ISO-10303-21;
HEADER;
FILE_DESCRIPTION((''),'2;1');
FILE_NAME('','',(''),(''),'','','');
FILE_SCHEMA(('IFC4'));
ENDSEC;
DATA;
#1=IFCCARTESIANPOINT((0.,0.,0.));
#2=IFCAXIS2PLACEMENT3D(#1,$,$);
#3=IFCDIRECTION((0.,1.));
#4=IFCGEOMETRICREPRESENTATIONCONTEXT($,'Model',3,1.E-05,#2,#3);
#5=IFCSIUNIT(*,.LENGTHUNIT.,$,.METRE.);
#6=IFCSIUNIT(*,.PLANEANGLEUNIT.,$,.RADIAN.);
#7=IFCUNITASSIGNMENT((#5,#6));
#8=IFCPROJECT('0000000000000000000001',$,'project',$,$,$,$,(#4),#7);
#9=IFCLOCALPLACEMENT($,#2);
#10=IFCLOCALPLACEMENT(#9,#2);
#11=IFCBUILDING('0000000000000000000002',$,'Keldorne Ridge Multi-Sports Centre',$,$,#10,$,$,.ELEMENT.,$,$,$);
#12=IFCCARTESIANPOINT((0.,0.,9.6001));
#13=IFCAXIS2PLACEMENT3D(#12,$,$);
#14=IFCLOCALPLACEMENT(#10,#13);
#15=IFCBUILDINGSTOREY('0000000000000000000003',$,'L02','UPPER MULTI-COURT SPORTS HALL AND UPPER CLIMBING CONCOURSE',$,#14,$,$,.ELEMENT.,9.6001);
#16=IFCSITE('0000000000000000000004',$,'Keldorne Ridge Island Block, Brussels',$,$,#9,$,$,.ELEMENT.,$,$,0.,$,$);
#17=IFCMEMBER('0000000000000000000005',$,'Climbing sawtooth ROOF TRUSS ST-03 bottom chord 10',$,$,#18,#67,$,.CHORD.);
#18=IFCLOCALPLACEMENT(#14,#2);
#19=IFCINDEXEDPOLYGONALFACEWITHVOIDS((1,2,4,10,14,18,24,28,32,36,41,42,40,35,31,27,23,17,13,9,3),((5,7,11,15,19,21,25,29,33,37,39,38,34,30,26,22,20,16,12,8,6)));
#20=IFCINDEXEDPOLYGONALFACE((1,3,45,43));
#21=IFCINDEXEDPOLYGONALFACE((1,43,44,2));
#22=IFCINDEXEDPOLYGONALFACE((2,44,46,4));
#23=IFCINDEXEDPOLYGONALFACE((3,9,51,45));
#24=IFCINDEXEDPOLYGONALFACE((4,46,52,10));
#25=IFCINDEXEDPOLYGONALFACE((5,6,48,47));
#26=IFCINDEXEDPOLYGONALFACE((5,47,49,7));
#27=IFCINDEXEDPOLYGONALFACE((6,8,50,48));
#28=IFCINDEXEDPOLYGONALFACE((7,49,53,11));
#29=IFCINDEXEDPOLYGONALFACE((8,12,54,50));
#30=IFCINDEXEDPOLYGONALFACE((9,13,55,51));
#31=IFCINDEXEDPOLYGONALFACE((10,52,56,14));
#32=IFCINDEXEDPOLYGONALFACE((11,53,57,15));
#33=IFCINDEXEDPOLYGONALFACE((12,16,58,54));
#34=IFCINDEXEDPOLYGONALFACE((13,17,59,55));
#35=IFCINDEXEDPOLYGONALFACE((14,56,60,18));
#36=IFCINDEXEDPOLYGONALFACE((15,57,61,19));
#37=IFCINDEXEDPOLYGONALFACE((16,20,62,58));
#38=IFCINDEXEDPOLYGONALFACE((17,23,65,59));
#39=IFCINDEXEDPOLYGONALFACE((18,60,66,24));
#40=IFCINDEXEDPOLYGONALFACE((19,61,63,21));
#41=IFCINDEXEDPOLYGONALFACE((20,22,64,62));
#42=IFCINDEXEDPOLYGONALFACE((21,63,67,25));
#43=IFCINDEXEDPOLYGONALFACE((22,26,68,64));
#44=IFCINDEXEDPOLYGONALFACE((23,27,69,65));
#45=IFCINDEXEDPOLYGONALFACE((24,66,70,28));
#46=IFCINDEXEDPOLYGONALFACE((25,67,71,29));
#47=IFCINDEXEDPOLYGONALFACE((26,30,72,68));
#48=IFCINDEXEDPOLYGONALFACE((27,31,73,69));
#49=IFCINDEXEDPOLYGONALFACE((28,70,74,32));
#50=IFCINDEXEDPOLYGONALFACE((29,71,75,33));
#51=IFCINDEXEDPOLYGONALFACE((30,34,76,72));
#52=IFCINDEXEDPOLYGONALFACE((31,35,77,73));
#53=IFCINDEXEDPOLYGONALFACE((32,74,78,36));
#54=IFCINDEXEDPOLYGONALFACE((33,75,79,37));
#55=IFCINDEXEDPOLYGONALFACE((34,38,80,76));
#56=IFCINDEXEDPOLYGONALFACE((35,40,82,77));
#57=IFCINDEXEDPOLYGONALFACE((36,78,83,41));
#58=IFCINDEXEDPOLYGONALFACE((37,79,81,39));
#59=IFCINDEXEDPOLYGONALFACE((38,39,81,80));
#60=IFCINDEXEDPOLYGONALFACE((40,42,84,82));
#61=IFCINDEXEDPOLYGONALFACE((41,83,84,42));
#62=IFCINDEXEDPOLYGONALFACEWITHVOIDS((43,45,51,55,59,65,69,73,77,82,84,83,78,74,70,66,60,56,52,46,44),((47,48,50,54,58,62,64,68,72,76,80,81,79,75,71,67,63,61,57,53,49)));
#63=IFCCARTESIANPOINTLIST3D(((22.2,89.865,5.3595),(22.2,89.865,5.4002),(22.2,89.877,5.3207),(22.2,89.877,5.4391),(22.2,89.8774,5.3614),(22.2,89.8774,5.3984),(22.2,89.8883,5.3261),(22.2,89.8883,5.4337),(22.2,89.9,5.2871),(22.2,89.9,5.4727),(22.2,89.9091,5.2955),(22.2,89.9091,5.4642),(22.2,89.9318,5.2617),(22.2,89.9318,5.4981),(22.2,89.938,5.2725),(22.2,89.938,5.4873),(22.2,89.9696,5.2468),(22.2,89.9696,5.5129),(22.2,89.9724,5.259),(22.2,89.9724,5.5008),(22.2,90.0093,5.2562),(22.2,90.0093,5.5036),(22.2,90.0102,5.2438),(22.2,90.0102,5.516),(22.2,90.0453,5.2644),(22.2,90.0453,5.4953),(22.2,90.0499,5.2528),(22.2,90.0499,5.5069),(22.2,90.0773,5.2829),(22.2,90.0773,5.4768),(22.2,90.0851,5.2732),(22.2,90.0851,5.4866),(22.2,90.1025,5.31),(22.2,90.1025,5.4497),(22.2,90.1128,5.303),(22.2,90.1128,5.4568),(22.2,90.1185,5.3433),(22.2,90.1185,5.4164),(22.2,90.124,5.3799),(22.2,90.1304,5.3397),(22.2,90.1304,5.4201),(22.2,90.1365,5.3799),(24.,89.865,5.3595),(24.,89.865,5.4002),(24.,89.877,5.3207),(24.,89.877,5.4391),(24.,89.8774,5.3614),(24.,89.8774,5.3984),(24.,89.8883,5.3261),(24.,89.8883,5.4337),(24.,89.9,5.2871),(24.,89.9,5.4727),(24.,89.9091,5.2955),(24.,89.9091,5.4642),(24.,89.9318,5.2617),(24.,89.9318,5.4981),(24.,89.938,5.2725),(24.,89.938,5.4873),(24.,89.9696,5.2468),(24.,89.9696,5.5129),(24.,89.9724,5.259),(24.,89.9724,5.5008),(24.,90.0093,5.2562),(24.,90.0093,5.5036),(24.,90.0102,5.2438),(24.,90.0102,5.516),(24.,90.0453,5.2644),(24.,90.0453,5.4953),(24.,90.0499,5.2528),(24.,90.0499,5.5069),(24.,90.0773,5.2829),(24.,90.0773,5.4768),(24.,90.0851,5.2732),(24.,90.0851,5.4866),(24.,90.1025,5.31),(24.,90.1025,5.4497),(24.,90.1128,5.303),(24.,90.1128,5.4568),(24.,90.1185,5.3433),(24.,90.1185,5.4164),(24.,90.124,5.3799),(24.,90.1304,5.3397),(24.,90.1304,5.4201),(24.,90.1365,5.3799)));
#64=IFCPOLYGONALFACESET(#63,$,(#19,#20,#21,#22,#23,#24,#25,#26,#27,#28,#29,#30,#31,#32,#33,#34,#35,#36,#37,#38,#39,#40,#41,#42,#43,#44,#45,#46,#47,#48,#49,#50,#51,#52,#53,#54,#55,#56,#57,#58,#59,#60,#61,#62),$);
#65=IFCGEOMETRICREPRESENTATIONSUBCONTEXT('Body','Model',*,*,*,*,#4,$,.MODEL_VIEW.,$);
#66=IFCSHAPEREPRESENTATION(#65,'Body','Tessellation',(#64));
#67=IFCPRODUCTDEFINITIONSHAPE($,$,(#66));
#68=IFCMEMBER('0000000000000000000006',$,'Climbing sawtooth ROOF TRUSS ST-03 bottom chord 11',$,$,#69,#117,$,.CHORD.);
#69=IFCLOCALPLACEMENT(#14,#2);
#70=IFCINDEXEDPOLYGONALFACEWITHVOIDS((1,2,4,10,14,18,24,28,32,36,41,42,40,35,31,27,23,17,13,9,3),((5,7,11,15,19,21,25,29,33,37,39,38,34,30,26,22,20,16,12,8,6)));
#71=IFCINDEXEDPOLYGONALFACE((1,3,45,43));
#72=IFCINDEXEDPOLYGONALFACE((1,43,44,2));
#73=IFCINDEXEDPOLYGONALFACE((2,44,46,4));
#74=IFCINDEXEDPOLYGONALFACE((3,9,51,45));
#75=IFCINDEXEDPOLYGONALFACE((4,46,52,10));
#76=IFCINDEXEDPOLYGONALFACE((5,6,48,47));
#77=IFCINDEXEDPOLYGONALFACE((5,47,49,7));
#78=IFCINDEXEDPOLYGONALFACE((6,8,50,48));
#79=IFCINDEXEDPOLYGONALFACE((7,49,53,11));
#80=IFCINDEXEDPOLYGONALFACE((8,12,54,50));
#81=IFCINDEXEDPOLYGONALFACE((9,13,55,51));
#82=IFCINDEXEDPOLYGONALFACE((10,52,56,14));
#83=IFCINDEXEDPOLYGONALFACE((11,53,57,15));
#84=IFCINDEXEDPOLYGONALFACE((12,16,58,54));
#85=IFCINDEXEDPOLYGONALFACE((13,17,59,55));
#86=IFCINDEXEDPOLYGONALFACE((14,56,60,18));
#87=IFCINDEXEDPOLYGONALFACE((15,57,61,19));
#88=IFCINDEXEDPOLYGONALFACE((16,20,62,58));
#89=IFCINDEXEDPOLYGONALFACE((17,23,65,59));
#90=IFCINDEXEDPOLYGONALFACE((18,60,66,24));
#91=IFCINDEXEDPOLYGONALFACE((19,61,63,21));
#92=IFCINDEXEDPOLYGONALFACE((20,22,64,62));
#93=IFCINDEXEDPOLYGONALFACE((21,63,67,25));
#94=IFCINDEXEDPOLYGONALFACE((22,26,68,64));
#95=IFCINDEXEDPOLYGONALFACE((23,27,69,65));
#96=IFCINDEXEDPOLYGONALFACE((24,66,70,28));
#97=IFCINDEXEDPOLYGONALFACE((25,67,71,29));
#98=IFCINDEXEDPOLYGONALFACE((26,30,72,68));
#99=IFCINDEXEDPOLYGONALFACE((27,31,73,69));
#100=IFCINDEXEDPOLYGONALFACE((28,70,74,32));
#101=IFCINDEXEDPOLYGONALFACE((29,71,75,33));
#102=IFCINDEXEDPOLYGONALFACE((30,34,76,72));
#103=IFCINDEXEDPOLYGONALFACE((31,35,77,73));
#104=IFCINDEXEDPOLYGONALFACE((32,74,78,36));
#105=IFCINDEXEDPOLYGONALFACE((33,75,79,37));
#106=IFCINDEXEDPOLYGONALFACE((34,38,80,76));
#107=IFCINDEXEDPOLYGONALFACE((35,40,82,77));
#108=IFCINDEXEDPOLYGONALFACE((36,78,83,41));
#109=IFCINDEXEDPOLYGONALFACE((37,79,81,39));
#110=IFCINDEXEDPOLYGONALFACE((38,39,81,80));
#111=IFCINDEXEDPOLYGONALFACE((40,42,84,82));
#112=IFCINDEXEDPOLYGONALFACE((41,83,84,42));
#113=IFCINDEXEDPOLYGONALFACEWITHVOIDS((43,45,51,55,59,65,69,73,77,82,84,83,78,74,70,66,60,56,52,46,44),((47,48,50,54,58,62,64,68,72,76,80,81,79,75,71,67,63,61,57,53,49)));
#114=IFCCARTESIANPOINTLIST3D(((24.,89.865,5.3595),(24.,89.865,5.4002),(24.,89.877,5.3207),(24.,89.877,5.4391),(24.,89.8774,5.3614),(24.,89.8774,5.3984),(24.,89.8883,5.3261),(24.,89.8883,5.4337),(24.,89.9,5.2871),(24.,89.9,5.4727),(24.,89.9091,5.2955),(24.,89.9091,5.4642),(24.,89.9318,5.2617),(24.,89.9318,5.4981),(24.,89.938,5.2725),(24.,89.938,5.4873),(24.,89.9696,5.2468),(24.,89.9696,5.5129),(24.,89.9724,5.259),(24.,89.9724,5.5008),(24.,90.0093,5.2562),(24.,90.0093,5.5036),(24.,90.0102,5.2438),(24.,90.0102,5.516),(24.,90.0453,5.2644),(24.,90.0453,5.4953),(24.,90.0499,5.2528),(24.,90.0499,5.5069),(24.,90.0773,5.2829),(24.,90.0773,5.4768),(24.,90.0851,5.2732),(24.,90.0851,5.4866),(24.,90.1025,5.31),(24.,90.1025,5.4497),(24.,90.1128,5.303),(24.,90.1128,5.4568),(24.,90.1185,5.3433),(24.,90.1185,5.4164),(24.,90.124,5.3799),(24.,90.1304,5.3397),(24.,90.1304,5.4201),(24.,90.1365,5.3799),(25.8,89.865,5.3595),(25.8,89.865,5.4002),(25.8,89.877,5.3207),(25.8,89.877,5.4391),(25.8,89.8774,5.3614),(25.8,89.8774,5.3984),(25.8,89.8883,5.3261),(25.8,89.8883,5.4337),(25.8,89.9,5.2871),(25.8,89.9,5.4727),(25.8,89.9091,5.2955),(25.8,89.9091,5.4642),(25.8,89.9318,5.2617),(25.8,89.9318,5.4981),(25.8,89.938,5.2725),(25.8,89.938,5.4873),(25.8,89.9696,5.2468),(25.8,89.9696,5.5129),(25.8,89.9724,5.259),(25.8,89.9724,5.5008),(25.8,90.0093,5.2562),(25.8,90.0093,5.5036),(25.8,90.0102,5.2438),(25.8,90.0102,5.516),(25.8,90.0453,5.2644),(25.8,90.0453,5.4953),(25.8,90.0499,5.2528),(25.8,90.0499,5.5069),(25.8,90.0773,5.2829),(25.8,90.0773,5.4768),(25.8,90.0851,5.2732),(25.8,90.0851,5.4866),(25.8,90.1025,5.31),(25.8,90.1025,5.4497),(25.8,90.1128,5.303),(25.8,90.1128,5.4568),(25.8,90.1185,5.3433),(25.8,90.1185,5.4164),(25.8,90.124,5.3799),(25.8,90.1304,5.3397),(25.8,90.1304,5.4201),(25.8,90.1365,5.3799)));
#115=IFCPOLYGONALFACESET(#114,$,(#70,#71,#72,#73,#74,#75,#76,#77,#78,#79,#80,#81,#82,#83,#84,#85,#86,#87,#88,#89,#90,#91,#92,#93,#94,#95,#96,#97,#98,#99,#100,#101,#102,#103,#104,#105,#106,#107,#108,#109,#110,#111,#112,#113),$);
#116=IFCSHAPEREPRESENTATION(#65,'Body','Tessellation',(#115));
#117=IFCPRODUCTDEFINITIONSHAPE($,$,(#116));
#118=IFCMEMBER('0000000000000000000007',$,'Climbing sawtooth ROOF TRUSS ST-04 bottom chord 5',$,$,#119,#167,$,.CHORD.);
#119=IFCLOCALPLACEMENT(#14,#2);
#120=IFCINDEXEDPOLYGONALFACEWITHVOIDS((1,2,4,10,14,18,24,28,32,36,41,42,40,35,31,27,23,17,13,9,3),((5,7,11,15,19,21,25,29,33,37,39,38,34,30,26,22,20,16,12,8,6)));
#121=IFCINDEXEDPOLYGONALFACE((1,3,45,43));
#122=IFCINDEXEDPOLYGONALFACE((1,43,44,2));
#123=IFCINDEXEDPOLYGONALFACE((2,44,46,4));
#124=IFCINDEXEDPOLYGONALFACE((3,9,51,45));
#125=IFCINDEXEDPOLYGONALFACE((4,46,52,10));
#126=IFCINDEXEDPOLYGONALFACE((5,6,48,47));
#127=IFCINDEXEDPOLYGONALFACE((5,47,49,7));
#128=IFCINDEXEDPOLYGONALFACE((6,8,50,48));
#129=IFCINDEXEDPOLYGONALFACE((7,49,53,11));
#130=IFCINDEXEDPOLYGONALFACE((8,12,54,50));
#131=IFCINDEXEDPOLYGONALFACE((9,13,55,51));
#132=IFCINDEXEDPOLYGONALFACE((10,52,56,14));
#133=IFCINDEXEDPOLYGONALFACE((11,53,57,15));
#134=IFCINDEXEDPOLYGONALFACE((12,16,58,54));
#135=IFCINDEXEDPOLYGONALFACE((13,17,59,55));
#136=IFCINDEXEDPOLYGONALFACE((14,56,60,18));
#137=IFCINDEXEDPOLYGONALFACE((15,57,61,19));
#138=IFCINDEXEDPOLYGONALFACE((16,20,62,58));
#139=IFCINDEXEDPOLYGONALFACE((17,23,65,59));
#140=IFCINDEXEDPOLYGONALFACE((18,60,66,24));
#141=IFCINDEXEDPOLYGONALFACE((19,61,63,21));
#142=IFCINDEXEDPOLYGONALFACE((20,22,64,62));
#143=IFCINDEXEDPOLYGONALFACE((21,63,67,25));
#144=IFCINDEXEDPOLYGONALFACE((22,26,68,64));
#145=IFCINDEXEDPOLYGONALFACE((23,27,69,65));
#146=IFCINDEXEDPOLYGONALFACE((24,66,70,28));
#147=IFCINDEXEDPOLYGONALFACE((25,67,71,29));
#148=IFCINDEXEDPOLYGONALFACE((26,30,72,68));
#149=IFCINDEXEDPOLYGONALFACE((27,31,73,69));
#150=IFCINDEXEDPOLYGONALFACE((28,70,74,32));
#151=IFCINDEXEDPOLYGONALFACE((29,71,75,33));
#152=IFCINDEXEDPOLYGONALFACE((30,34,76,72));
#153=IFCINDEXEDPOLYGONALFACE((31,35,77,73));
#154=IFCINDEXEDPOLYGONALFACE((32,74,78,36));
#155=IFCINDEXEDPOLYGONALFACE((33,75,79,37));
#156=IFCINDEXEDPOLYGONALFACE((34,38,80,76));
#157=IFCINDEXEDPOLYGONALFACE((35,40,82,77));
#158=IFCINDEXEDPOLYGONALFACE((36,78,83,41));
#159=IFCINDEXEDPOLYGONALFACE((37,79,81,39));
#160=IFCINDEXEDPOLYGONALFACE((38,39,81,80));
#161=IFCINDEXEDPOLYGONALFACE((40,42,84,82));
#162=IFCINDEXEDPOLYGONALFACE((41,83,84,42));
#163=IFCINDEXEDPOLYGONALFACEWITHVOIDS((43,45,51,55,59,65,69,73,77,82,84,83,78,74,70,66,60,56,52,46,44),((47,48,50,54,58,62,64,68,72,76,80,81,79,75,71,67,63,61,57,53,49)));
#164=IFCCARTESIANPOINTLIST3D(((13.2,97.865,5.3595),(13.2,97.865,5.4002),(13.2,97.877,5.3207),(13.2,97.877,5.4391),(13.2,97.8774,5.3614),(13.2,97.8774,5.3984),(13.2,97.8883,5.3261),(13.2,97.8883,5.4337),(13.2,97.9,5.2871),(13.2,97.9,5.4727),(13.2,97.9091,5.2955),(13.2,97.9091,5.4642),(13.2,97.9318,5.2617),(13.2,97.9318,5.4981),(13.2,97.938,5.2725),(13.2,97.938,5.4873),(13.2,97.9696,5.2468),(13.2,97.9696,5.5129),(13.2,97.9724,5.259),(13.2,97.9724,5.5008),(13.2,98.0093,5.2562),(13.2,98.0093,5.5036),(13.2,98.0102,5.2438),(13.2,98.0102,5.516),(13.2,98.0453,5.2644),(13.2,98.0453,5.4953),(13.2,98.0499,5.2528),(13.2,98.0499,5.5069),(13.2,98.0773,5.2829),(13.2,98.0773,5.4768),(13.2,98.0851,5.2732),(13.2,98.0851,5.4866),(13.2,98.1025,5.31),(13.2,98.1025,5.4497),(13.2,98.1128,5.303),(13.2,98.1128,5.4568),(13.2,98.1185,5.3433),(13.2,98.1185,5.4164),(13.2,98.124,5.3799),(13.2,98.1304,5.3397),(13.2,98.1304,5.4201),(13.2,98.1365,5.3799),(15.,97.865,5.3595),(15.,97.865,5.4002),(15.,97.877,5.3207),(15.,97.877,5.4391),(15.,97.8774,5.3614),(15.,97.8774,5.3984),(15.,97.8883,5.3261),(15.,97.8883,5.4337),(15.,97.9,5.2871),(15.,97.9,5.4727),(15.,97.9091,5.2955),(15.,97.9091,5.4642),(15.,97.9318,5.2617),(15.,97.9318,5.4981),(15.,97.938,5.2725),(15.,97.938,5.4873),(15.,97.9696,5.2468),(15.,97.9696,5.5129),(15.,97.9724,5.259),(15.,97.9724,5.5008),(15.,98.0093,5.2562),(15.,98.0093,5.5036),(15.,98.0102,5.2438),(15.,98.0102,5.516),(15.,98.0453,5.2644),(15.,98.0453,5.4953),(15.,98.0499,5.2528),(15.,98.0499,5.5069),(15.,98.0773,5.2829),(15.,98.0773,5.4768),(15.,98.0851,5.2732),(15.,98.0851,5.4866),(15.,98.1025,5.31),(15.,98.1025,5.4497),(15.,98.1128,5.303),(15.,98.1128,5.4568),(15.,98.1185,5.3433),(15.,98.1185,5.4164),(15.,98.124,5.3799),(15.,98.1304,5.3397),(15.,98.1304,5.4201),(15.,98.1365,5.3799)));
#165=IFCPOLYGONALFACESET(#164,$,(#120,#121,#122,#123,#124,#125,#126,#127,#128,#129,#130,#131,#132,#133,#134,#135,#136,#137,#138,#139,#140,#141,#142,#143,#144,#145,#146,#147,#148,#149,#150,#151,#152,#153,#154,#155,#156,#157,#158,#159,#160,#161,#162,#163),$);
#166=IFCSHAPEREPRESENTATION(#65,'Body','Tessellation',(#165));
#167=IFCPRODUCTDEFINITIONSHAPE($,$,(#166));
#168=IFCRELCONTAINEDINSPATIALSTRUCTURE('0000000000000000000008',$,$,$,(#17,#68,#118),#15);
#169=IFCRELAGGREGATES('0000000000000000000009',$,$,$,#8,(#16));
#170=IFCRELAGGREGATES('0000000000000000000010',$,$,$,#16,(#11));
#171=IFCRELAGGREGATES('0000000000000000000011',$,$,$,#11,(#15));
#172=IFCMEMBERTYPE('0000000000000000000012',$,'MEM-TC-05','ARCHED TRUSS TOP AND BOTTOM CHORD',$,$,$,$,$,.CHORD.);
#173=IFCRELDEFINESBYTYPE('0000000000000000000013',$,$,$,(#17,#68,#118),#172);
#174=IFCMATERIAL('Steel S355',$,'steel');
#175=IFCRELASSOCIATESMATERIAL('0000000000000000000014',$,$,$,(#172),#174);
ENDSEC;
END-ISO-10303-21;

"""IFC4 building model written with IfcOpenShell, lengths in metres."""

from ifc_helpers import new_model, si_unit, direction, frame, origin, origin_2d, place, context, subcontext, project, spatial, hollow_circle, extrude, material, material_profile, profile_set, type_object, element, save


model = new_model("IFC4")

# Units and contexts
model_context = context("Model", 3, precision=1e-05, world=origin(), true_north=direction((0.0, 1.0)))
body_context = subcontext(model_context, "Body", "Model", "MODEL_VIEW")
ifc_project = project(units=[si_unit("LENGTHUNIT", "METRE"), si_unit("PLANEANGLEUNIT", "RADIAN")], contexts=[model_context])

# Site, building, storey
site_placement = place(None, origin())
site = spatial("IfcSite", under=ifc_project, at=site_placement, Name="Keldorne Ridge Island Block, Brussels", CompositionType="ELEMENT", RefElevation=0.0)
building_placement = place(site_placement, origin())
building = spatial("IfcBuilding", under=site, at=building_placement, Name="Keldorne Ridge Multi-Sports Centre", CompositionType="ELEMENT")
storey_placement = place(building_placement, frame((0.0, 0.0, 9.6001)))
storey = spatial("IfcBuildingStorey", under=building, at=storey_placement, Name="L02", Description="UPPER MULTI-COURT SPORTS HALL AND UPPER CLIMBING CONCOURSE", CompositionType="ELEMENT", Elevation=9.6001)

# Members
ifc_material = material(Name="Steel S355", Category="steel")
ifc_material_profile_1 = material_profile(ifc_material, hollow_circle(Radius=0.1365, WallThickness=0.0125, at=origin_2d()), Name="CHS 273x12.5")
ifc_profile_set_1 = profile_set([ifc_material_profile_1], Name="Steel S355")
member_type_1 = type_object("IfcMemberType", Name="MEM-TC-05", Description="ARCHED TRUSS TOP AND BOTTOM CHORD", PredefinedType="CHORD", material=ifc_profile_set_1)
for number, where, z_axis, x_axis, name in (
    (1, (22.2, 90.0, 5.3799), (1.0, 0.0, 0.0), (0.0, 1.0, 0.0), "Climbing sawtooth ROOF TRUSS ST-03 bottom chord 10"),
    (2, (24.0, 90.0, 5.3799), (1.0, 0.0, 0.0), (0.0, 1.0, 0.0), "Climbing sawtooth ROOF TRUSS ST-03 bottom chord 11"),
    (3, (13.2, 98.0, 5.3799), (1.0, 0.0, 0.0), (0.0, 1.0, 0.0), "Climbing sawtooth ROOF TRUSS ST-04 bottom chord 5"),
):
    element("IfcMember", number, at=place(storey_placement, frame(where, z_axis=z_axis, x_axis=x_axis)), inside=storey, type_object=member_type_1, Name=name, PredefinedType="CHORD", context=body_context, shape_type="SweptSolid", body=[
        extrude(hollow_circle(Radius=0.1365, WallThickness=0.0125, at=origin_2d()), origin(), (0.0, 0.0, 1.0), 1.8),
    ])

save(model, "model.ifc")
